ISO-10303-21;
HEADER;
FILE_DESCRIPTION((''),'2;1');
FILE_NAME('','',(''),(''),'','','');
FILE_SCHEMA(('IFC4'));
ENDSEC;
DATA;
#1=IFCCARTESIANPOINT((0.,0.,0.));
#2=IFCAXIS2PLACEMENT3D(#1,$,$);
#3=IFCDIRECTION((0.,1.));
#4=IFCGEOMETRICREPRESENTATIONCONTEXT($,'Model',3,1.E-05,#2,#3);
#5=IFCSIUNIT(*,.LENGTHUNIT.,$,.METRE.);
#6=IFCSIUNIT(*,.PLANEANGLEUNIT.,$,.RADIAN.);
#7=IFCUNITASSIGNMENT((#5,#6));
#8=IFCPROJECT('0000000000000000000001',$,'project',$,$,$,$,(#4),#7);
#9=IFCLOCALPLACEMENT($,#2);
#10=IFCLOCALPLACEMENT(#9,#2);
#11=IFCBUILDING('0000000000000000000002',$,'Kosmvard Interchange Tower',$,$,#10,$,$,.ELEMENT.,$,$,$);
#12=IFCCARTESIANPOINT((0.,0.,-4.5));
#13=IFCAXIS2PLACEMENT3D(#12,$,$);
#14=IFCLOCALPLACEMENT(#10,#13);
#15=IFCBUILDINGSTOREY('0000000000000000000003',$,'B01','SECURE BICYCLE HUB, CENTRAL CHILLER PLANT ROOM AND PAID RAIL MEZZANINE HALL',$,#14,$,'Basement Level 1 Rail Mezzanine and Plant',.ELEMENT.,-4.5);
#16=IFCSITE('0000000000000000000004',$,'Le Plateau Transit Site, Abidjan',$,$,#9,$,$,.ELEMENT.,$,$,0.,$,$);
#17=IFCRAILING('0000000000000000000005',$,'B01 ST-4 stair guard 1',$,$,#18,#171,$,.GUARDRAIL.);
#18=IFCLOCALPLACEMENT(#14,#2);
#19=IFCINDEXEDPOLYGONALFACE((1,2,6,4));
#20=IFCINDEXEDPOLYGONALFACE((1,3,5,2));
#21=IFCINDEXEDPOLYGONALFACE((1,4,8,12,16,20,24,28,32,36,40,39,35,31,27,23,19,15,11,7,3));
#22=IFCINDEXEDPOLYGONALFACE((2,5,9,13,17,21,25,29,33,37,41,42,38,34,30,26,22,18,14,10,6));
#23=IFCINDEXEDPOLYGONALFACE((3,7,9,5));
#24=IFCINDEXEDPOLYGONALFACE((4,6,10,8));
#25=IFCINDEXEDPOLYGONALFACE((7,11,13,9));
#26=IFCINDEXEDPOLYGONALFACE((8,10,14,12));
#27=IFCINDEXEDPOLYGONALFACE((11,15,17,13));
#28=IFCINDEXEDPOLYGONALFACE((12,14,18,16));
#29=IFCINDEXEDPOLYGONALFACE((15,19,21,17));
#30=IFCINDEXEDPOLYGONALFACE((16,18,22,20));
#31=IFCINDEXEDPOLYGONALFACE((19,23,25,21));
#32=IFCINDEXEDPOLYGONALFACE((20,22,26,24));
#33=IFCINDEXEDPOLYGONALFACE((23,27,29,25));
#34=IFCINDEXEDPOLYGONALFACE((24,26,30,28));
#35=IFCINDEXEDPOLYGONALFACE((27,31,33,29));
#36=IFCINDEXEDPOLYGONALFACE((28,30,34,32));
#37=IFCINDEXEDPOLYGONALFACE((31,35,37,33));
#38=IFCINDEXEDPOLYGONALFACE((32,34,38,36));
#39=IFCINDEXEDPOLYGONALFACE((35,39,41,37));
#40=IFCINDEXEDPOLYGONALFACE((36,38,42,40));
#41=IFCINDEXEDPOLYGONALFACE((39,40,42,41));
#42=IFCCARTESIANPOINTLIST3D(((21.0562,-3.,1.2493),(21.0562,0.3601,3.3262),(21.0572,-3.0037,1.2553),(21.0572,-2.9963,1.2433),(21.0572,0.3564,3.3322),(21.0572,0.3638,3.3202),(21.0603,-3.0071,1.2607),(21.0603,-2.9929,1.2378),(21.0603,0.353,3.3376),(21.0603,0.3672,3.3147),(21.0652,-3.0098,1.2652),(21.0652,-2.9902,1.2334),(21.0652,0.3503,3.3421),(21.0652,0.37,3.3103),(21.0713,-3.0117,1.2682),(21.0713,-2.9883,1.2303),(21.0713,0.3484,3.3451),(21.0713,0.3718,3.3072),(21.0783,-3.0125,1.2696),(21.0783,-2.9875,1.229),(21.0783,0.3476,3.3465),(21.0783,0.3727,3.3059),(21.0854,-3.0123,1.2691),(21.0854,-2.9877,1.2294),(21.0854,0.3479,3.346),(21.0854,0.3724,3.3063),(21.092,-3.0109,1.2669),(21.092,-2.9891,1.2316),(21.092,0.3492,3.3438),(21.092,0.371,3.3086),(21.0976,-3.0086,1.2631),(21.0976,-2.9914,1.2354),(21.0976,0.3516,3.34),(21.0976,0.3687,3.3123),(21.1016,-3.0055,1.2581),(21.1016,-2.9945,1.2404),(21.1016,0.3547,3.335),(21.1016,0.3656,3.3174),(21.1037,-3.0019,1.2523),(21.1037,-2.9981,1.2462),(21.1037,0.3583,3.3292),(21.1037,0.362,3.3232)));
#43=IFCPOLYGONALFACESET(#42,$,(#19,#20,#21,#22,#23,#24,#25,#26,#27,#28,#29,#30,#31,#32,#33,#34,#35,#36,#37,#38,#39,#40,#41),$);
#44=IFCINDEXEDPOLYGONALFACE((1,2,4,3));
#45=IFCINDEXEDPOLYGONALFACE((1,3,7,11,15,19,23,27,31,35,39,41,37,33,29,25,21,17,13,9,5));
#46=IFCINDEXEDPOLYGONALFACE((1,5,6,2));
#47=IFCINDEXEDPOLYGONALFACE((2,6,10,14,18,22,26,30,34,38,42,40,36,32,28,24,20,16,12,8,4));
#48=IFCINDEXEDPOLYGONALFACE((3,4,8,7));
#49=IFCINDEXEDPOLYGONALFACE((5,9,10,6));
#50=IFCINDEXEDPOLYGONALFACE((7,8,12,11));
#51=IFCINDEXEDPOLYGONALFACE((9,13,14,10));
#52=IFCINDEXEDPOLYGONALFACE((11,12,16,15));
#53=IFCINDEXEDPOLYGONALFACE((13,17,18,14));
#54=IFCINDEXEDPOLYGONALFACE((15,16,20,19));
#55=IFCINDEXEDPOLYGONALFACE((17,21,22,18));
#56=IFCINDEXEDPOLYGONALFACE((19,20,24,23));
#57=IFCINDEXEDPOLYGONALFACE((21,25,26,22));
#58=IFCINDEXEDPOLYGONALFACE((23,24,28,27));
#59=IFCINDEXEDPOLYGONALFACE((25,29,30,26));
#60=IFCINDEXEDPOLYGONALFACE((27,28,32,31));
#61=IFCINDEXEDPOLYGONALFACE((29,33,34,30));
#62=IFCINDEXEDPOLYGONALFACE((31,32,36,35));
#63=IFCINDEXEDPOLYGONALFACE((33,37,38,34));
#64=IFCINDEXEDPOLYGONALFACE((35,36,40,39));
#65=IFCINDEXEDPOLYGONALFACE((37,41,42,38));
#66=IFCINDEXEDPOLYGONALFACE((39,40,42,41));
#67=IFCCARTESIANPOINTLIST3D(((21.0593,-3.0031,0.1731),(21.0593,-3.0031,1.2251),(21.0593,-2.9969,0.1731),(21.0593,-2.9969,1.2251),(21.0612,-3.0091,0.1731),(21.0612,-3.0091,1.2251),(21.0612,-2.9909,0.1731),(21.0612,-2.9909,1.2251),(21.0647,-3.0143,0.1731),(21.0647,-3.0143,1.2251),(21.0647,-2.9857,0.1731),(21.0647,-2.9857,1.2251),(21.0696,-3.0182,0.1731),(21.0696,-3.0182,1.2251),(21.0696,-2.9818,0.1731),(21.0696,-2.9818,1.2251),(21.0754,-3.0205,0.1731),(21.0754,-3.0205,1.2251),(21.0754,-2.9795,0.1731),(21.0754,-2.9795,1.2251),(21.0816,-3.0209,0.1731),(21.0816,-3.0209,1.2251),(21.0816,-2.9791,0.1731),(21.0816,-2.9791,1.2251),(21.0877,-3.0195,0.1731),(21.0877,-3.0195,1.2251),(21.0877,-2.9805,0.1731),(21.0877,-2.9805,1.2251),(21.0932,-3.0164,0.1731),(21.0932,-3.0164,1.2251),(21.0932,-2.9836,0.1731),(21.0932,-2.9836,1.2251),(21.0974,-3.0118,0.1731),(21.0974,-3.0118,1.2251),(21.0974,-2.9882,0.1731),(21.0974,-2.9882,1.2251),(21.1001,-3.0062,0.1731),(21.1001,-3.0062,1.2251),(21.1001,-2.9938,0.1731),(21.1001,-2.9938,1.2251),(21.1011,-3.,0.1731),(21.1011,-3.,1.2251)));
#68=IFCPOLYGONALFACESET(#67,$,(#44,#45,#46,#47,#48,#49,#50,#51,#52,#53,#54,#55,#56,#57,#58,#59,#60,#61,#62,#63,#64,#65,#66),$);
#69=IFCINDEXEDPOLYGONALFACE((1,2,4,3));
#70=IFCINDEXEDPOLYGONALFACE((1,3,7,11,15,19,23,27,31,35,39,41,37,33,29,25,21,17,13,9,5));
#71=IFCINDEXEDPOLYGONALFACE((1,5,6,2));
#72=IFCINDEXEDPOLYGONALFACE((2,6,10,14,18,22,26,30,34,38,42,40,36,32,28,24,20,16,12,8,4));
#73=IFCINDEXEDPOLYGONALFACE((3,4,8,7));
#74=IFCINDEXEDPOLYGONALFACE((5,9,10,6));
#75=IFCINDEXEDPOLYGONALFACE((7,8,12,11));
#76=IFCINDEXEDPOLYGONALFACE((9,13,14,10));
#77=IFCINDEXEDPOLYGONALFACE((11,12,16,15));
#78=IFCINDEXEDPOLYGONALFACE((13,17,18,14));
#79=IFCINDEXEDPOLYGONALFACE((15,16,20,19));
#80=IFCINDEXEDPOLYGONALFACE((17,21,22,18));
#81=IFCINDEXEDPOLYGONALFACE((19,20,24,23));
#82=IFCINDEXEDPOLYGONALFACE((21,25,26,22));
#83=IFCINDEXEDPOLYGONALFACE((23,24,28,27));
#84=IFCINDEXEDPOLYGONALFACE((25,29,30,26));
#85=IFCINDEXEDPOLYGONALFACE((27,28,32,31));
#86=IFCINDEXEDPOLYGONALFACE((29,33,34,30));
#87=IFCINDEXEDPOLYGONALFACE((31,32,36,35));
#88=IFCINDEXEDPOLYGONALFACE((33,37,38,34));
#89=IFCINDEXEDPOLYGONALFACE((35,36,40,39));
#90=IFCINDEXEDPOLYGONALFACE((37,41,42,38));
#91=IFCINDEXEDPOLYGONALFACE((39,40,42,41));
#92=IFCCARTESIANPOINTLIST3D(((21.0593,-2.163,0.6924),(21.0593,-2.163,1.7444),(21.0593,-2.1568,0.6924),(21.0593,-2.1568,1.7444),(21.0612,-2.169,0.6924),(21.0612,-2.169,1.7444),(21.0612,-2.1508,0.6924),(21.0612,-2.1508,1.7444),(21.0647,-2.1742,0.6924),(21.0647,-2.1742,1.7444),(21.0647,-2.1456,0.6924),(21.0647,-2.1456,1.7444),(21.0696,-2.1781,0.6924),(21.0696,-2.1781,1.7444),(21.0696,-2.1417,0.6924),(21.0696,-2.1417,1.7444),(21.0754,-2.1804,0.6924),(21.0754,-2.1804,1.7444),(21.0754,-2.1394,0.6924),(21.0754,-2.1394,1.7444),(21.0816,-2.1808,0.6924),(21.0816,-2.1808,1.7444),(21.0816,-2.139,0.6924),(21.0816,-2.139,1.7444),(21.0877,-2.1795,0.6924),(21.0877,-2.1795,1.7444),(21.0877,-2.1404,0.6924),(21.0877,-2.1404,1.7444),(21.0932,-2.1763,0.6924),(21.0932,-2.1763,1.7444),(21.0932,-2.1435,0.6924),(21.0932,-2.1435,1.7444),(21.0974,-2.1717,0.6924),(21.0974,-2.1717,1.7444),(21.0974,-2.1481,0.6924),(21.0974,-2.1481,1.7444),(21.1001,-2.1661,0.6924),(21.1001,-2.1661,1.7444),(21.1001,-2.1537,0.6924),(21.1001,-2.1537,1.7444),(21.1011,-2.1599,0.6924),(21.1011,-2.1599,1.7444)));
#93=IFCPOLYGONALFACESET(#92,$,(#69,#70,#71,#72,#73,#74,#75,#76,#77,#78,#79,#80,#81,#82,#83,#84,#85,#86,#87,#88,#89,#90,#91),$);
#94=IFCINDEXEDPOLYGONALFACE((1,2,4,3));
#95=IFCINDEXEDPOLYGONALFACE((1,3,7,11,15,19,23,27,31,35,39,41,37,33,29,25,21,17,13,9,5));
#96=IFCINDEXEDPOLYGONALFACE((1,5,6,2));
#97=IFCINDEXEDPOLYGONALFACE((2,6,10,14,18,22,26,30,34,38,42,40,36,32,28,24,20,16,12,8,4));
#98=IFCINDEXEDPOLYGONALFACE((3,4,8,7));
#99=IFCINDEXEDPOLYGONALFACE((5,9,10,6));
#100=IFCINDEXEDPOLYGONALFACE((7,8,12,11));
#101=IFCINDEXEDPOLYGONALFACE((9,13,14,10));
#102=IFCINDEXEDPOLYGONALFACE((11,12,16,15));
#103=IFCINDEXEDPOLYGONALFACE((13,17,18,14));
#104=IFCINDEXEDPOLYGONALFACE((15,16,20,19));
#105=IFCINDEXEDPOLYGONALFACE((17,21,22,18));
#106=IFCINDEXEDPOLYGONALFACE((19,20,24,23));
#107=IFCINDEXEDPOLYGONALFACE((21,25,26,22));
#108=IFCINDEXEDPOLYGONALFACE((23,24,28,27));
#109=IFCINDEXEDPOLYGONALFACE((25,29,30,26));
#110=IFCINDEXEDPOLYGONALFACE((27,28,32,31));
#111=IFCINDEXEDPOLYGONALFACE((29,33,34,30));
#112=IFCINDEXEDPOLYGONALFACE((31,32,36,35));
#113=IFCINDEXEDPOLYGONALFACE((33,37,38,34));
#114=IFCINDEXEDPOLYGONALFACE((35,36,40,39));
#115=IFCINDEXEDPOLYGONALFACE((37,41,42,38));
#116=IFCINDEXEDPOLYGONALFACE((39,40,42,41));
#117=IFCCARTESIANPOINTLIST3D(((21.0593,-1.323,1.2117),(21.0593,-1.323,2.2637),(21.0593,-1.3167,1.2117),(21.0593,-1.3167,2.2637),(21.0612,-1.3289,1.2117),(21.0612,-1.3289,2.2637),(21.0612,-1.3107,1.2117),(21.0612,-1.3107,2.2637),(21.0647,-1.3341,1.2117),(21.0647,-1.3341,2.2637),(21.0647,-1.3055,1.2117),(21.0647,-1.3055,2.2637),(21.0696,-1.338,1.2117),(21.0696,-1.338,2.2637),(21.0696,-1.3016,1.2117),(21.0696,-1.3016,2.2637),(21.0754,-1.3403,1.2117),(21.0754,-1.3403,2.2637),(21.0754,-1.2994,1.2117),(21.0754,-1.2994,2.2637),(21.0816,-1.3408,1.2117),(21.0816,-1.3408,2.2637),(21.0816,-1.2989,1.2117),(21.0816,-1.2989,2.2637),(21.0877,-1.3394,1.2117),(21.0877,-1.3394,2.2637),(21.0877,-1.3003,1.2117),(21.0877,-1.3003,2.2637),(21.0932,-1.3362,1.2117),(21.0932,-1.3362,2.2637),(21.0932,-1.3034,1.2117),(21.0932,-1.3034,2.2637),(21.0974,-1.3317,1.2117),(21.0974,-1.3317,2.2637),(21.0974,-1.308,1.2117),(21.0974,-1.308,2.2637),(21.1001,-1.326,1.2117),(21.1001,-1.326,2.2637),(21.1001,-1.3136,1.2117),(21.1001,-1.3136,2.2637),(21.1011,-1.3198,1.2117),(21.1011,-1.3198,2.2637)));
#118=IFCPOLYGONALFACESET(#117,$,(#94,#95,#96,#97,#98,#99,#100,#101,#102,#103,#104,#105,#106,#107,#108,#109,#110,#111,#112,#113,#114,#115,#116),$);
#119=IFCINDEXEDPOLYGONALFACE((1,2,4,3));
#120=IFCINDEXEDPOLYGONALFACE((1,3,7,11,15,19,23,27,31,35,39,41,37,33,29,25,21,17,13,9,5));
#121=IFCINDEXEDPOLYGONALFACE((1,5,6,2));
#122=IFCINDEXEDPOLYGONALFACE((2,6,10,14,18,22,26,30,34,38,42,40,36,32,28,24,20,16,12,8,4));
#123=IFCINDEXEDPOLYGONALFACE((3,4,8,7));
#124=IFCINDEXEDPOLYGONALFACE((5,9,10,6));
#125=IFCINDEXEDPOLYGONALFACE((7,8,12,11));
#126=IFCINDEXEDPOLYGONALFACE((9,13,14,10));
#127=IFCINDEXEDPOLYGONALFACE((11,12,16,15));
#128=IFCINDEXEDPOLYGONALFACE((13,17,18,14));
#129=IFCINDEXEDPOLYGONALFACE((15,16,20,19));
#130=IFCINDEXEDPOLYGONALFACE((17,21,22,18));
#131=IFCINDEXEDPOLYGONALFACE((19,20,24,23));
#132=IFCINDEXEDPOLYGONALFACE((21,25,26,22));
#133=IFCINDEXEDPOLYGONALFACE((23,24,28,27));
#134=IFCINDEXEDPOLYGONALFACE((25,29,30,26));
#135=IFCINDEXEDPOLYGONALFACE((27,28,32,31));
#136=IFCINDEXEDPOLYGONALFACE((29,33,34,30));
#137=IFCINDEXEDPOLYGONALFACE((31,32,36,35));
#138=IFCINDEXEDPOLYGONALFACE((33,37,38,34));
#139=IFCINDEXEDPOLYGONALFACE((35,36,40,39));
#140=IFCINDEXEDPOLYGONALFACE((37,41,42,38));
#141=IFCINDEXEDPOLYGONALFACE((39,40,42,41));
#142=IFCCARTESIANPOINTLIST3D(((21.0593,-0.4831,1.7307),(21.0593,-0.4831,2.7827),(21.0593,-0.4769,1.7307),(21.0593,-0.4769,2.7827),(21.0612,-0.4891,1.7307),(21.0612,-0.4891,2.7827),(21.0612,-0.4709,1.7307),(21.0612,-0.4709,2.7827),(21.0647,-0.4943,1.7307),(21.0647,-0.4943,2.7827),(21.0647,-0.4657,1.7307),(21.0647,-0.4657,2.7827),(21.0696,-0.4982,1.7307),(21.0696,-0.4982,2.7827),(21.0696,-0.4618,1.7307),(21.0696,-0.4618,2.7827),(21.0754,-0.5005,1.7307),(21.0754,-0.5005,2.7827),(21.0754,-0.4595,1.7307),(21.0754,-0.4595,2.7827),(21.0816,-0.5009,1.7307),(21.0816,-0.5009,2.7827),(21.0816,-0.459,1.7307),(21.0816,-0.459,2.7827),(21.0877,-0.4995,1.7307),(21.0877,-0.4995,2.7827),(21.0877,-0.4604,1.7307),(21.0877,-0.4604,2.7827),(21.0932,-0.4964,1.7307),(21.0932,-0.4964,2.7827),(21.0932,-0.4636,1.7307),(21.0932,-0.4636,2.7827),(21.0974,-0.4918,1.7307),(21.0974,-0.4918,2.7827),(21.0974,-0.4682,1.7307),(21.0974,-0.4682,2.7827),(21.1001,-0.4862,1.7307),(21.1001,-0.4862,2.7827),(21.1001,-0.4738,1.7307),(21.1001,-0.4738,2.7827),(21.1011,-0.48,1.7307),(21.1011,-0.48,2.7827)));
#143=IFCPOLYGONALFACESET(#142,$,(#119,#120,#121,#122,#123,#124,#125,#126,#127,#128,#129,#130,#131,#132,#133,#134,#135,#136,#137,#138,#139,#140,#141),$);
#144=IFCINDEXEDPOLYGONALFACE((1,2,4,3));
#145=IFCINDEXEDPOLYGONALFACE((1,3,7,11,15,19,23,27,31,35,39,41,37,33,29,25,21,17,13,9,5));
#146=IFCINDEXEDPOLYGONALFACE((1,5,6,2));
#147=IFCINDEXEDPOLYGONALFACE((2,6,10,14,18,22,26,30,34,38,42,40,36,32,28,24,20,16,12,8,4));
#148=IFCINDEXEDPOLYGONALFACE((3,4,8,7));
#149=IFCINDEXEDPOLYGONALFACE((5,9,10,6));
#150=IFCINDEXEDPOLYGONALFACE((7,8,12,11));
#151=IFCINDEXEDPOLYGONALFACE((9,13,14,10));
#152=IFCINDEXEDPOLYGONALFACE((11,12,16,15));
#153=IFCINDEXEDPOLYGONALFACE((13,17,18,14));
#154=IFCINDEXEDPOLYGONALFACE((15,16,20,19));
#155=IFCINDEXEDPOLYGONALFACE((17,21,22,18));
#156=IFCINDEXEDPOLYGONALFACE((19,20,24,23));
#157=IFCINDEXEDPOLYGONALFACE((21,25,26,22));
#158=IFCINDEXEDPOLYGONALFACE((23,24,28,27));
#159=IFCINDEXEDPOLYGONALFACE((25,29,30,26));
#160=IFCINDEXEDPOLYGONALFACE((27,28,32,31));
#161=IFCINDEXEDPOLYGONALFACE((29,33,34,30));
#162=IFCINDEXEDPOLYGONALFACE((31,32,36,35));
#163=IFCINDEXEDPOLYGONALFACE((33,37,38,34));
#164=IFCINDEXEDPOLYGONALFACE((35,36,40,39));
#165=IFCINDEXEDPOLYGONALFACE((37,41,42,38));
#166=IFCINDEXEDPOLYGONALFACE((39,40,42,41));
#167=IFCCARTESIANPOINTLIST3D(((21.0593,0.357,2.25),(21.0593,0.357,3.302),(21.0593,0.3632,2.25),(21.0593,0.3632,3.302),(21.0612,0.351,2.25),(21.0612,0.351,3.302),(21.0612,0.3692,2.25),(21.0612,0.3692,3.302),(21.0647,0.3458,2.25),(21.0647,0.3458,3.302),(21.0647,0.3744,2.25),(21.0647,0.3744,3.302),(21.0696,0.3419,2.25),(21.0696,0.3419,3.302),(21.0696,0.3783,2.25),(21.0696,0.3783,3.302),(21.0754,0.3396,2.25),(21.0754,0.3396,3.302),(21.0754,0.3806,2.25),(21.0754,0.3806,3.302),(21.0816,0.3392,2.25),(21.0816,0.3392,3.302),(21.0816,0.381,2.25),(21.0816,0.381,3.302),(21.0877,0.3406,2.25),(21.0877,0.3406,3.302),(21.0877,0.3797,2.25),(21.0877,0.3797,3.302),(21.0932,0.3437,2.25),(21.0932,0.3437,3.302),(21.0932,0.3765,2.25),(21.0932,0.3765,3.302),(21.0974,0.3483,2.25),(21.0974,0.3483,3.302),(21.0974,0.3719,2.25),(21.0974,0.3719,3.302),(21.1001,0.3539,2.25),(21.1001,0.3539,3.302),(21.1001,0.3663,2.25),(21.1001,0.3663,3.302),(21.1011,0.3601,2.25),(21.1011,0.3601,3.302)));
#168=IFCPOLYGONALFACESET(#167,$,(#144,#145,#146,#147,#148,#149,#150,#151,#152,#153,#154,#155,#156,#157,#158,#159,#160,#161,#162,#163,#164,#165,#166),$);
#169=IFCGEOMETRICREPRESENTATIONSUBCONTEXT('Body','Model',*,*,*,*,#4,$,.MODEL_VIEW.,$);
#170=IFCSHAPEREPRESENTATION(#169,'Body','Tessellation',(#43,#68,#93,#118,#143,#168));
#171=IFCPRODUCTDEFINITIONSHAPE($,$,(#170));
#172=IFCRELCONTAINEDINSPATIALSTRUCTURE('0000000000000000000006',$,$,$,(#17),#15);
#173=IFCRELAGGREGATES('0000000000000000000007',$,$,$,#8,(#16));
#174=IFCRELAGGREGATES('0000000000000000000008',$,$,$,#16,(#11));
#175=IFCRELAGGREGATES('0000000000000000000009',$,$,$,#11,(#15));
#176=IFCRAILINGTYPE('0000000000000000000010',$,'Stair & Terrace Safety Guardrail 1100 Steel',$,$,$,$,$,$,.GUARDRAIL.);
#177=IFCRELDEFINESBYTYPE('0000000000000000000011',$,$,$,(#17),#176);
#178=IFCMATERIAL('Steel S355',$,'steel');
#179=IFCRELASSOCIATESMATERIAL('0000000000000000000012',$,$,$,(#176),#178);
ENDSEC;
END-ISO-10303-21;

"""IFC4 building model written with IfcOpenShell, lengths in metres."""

from ifc_helpers import new_model, si_unit, direction, frame, origin, origin_2d, place, context, subcontext, project, spatial, circle, extrude, source, transform, mapped, material, type_object, element, save


model = new_model("IFC4")

# Units and contexts
model_context = context("Model", 3, precision=1e-05, world=origin(), true_north=direction((0.0, 1.0)))
body_context = subcontext(model_context, "Body", "Model", "MODEL_VIEW")
ifc_project = project(units=[si_unit("LENGTHUNIT", "METRE"), si_unit("PLANEANGLEUNIT", "RADIAN")], contexts=[model_context])

# Site, building, storey
site_placement = place(None, origin())
site = spatial("IfcSite", under=ifc_project, at=site_placement, Name="Le Plateau Transit Site, Abidjan", CompositionType="ELEMENT", RefElevation=0.0)
building_placement = place(site_placement, origin())
building = spatial("IfcBuilding", under=site, at=building_placement, Name="Kosmvard Interchange Tower", CompositionType="ELEMENT")
storey_placement = place(building_placement, frame((0.0, 0.0, -4.5)))
storey = spatial("IfcBuildingStorey", under=building, at=storey_placement, Name="B01", Description="SECURE BICYCLE HUB, CENTRAL CHILLER PLANT ROOM AND PAID RAIL MEZZANINE HALL", LongName="Basement Level 1 Rail Mezzanine and Plant", CompositionType="ELEMENT", Elevation=-4.5)

# Shared definitions
ifc_material_1 = material(Name="Steel S355", Category="steel")

# Railing
railing_type_1 = type_object("IfcRailingType", Name="Stair & Terrace Safety Guardrail 1100 Steel", PredefinedType="GUARDRAIL", material=ifc_material_1)
shared_shape_1 = source(origin(), body_context, "Body", "SweptSolid", [
    extrude(circle(Radius=0.0239, at=origin_2d()), frame((0.0, 0.0, 1.0762), z_axis=(0.0, 0.850623, 0.525776), x_axis=(-1.0, 0.0, 0.0)), (0.0, 0.0, 1.0), 3.9502),
    extrude(circle(Radius=0.021, at=origin_2d()), origin(), (0.0, 0.0, 1.0), 1.052),
    extrude(circle(Radius=0.021, at=origin_2d()), frame((0.0, 0.8401, 0.5193)), (0.0, 0.0, 1.0), 1.052),
    extrude(circle(Radius=0.021, at=origin_2d()), frame((0.0, 1.6802, 1.0386)), (0.0, 0.0, 1.0), 1.052),
    extrude(circle(Radius=0.021, at=origin_2d()), frame((0.0, 2.52, 1.5576)), (0.0, 0.0, 1.0), 1.052),
    extrude(circle(Radius=0.021, at=origin_2d()), frame((0.0, 3.3601, 2.0769)), (0.0, 0.0, 1.0), 1.052),
])
railing_1_placement = place(storey_placement, frame((21.0801, -3.0, 0.1731)))
element("IfcRailing", 1, at=railing_1_placement, inside=storey, type_object=railing_type_1, Name="B01 ST-4 stair guard 1", PredefinedType="GUARDRAIL", context=body_context, shape_type="MappedRepresentation", body=[
    mapped(shared_shape_1, transform((0.0, 0.0, 0.0), scale=1.0)),
])

save(model, "model.ifc")
